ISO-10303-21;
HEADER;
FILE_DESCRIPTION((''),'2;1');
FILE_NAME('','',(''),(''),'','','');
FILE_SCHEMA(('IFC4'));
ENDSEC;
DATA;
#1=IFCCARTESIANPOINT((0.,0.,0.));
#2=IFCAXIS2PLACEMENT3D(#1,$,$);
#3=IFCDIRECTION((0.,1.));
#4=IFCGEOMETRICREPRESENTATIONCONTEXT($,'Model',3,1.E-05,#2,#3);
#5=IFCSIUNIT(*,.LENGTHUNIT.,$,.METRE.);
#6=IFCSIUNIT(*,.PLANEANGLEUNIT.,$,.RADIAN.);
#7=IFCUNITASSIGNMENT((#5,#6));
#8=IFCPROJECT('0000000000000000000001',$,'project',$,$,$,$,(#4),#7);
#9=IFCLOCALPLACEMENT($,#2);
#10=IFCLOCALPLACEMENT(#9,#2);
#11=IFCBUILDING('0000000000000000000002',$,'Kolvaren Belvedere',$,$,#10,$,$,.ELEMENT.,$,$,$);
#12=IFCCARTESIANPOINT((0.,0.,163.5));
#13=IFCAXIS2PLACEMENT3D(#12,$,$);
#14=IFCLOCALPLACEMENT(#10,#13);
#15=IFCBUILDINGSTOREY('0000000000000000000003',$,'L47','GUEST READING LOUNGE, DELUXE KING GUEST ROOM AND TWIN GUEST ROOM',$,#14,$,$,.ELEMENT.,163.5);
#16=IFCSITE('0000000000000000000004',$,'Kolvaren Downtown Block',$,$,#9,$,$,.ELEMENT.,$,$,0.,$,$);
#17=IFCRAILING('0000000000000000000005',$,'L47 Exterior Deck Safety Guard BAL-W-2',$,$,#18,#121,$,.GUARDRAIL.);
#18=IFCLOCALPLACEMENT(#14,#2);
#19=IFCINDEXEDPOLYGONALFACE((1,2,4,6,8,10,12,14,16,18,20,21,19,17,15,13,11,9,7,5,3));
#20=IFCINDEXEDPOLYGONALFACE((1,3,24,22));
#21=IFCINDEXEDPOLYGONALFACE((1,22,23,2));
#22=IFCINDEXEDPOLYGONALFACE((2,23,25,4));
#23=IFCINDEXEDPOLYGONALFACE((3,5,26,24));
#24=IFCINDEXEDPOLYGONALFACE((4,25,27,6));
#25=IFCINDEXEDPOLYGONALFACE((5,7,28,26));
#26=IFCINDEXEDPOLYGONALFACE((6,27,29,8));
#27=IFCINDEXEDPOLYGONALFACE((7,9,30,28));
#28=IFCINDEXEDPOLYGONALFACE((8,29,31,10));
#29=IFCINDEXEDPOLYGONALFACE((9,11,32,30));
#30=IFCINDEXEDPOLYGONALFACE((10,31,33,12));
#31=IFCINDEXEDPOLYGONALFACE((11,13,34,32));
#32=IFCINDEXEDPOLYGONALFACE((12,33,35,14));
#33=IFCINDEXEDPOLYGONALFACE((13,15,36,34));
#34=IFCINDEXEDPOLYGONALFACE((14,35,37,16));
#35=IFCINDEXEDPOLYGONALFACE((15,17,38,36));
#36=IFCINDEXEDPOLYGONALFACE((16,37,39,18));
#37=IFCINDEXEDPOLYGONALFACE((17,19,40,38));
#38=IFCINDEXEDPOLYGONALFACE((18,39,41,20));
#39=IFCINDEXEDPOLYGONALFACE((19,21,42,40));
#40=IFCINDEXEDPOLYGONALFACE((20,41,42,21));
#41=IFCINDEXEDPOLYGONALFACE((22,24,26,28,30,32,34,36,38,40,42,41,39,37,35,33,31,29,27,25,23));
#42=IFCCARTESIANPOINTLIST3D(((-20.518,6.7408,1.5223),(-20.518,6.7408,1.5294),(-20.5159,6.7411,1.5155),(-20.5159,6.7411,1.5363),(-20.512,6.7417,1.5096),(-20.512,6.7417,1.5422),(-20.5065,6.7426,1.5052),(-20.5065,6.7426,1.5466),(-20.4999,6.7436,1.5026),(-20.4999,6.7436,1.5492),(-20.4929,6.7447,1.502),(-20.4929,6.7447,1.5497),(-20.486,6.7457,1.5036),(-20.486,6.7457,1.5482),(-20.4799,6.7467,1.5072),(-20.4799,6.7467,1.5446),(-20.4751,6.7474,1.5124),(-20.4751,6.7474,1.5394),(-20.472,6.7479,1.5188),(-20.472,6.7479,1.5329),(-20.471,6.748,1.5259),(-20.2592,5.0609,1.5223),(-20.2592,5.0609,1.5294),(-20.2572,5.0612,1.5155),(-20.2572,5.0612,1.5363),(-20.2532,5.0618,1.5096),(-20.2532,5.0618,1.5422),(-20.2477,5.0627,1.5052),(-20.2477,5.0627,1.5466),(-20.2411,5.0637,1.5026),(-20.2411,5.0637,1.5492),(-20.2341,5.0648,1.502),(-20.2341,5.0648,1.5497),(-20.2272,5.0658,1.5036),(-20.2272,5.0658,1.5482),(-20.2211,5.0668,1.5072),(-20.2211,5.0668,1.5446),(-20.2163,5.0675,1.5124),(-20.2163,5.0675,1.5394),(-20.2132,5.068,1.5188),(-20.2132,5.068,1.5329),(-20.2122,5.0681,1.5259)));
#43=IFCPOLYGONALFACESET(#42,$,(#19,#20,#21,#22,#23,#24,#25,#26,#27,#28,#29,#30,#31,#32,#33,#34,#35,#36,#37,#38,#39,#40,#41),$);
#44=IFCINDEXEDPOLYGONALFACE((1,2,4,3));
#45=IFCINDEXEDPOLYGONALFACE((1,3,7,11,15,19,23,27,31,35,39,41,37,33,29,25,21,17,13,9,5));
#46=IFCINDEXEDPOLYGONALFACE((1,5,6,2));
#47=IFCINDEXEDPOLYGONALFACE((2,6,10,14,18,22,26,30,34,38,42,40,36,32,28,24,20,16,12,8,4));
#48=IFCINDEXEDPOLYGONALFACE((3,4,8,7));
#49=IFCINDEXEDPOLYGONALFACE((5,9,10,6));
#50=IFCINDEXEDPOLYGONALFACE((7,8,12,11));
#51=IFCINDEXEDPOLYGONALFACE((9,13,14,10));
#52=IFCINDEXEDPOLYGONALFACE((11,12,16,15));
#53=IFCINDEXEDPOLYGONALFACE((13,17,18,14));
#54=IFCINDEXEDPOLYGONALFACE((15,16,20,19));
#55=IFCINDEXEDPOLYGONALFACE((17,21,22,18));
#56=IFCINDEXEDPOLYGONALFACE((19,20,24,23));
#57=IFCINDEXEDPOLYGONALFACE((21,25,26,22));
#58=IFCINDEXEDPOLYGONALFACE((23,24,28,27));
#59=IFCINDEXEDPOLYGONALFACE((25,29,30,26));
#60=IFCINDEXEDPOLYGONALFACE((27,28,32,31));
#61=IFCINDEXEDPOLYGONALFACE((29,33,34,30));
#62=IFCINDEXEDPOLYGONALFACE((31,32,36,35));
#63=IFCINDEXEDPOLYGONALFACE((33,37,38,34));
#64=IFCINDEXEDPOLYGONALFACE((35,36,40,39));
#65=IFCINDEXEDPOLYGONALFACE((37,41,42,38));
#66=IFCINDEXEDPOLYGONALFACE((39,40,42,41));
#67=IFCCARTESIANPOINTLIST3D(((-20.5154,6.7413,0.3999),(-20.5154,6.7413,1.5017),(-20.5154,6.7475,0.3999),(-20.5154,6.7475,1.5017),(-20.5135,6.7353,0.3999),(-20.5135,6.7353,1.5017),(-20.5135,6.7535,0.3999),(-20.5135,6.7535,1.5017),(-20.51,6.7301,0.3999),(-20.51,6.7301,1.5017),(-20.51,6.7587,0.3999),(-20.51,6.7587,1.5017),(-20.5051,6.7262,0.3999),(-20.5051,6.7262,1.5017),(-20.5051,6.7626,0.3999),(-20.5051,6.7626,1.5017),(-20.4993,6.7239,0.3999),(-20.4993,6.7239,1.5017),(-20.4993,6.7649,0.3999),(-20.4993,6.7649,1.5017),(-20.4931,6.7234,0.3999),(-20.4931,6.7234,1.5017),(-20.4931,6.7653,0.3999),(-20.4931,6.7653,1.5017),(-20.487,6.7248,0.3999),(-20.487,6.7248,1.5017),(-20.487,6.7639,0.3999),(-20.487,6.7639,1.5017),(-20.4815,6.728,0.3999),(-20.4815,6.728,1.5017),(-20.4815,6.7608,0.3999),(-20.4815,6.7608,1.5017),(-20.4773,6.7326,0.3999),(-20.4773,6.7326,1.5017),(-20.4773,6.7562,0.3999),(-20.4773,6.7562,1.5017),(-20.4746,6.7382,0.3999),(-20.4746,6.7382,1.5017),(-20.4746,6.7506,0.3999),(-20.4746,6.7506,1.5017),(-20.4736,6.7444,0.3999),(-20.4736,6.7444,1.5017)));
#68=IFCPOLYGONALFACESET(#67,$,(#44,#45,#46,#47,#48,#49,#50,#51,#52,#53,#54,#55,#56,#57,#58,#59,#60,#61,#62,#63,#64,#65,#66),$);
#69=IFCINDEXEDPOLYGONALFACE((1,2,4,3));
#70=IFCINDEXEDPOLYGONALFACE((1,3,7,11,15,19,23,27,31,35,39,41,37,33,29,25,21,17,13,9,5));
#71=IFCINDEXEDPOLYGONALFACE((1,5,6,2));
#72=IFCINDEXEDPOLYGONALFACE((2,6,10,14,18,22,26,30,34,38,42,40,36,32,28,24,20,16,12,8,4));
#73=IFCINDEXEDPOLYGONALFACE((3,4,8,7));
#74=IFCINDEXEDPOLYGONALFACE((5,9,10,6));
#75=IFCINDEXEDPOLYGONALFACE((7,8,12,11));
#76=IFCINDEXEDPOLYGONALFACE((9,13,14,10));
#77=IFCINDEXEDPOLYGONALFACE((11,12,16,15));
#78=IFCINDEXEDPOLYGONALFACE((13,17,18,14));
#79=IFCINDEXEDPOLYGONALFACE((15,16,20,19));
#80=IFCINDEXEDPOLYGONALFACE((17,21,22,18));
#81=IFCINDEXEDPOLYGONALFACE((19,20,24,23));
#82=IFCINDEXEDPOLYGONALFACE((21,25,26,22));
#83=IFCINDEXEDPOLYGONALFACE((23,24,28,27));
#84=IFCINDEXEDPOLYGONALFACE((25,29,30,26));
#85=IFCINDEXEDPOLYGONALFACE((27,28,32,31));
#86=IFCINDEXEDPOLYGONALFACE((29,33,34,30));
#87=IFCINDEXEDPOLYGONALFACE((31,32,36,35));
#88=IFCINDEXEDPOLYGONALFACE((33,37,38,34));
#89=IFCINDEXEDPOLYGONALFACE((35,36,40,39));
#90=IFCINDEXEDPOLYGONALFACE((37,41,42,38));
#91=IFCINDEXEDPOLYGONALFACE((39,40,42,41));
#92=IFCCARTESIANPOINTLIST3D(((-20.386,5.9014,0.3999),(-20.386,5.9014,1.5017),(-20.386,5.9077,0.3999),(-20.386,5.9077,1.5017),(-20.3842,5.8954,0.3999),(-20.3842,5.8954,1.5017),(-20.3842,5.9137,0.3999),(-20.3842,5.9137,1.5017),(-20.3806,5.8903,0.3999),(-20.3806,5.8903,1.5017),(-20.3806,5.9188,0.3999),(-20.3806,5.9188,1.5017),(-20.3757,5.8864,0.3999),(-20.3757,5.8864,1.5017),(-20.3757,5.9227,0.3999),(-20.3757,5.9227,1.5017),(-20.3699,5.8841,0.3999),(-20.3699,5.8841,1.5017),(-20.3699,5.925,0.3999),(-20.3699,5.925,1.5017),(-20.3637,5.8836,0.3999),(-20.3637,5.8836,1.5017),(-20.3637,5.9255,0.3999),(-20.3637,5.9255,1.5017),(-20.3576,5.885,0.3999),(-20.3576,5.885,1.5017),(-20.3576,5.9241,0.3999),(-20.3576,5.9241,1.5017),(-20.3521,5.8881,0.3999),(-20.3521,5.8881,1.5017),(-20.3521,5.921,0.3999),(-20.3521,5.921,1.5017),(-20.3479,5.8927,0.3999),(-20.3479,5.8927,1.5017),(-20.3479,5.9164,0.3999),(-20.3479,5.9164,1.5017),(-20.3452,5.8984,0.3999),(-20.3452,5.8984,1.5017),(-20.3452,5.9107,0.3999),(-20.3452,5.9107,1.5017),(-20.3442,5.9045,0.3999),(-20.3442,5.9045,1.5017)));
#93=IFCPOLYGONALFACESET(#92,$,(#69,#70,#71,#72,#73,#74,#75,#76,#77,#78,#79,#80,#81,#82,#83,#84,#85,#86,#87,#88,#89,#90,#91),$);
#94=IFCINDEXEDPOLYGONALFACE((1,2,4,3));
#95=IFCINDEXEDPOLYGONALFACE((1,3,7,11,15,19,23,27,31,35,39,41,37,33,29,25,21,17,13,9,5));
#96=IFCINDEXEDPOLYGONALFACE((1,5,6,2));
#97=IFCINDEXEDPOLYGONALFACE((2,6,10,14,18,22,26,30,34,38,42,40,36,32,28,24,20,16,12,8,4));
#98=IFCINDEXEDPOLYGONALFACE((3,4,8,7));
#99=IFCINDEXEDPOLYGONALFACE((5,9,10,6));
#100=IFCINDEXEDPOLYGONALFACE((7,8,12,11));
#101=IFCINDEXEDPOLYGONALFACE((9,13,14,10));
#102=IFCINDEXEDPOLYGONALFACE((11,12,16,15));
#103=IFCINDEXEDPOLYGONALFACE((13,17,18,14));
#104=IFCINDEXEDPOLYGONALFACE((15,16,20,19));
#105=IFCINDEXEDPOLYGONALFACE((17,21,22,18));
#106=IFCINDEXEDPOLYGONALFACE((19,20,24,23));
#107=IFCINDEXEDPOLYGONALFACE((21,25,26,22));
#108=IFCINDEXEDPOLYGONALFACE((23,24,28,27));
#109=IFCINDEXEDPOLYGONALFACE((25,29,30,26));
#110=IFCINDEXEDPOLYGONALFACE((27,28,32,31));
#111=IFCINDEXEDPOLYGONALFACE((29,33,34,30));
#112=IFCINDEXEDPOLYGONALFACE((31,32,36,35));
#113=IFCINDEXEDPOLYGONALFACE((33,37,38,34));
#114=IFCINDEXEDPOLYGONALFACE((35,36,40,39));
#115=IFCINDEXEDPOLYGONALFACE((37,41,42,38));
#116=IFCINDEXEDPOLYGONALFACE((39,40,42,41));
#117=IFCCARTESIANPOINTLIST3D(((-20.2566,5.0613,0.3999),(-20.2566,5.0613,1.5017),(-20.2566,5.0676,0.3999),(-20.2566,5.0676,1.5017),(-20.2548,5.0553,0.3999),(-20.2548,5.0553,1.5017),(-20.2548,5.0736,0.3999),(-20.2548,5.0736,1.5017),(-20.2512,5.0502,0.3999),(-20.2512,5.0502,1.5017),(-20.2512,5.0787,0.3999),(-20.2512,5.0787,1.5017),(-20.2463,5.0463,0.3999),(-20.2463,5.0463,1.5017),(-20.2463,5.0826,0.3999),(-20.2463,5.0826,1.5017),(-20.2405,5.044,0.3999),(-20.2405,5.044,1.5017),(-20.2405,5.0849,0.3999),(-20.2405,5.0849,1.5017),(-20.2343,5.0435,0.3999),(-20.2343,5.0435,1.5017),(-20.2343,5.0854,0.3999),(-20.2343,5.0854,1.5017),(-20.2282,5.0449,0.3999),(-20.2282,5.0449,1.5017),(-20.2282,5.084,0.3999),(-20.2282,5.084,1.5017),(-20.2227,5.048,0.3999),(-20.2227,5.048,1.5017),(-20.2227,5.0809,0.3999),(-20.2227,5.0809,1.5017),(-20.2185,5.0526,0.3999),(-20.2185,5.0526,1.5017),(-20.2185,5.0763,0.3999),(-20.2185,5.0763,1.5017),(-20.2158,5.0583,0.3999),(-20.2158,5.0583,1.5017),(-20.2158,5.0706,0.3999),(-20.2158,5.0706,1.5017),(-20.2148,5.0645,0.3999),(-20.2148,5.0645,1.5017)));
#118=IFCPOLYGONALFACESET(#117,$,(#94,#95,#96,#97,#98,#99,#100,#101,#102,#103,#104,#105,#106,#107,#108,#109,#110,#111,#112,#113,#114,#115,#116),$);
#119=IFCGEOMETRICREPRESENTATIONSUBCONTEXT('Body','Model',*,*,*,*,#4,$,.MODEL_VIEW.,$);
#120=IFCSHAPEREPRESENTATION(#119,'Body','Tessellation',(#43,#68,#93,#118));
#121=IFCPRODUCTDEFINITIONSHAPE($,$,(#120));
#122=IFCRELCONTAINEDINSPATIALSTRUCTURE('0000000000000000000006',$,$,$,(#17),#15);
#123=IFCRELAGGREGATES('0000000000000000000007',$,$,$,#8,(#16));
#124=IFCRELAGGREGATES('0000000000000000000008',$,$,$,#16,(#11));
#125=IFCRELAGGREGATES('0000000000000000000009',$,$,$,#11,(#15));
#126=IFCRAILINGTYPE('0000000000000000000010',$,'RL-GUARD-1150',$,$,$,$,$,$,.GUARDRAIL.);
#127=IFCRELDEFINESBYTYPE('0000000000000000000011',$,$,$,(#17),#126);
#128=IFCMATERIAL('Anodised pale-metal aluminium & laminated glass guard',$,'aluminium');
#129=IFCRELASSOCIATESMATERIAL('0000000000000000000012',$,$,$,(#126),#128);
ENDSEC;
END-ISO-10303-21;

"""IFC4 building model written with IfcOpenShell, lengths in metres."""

from ifc_helpers import new_model, si_unit, direction, frame, origin, origin_2d, place, context, subcontext, project, spatial, circle, extrude, material, type_object, element, save


model = new_model("IFC4")

# Units and contexts
model_context = context("Model", 3, precision=1e-05, world=origin(), true_north=direction((0.0, 1.0)))
body_context = subcontext(model_context, "Body", "Model", "MODEL_VIEW")
ifc_project = project(units=[si_unit("LENGTHUNIT", "METRE"), si_unit("PLANEANGLEUNIT", "RADIAN")], contexts=[model_context])

# Site, building, storey
site_placement = place(None, origin())
site = spatial("IfcSite", under=ifc_project, at=site_placement, Name="Kolvaren Downtown Block", CompositionType="ELEMENT", RefElevation=0.0)
building_placement = place(site_placement, origin())
building = spatial("IfcBuilding", under=site, at=building_placement, Name="Kolvaren Belvedere", CompositionType="ELEMENT")
storey_placement = place(building_placement, frame((0.0, 0.0, 163.5)))
storey = spatial("IfcBuildingStorey", under=building, at=storey_placement, Name="L47", Description="GUEST READING LOUNGE, DELUXE KING GUEST ROOM AND TWIN GUEST ROOM", CompositionType="ELEMENT", Elevation=163.5)

# Railing
ifc_material_1 = material(Name="Anodised pale-metal aluminium & laminated glass guard", Category="aluminium")
railing_type = type_object("IfcRailingType", Name="RL-GUARD-1150", PredefinedType="GUARDRAIL", material=ifc_material_1)
railing_1_placement = place(storey_placement, frame((-20.4946, 6.7444, 0.3999)))
element("IfcRailing", 1, at=railing_1_placement, inside=storey, type_object=railing_type, Name="L47 Exterior Deck Safety Guard BAL-W-2", PredefinedType="GUARDRAIL", context=body_context, shape_type="SweptSolid", body=[
    extrude(circle(Radius=0.0239, at=origin_2d()), frame((0.0, 0.0, 1.126), z_axis=(0.152251, -0.988342, 0.0), x_axis=(0.988342, 0.152251, 0.0)), (0.0, 0.0, 1.0), 1.6997),
    extrude(circle(Radius=0.021, at=origin_2d()), origin(), (0.0, 0.0, 1.0), 1.1018),
    extrude(circle(Radius=0.021, at=origin_2d()), frame((0.1294, -0.8398, 0.0)), (0.0, 0.0, 1.0), 1.1018),
    extrude(circle(Radius=0.021, at=origin_2d()), frame((0.2588, -1.6799, 0.0)), (0.0, 0.0, 1.0), 1.1018),
])

save(model, "model.ifc")
